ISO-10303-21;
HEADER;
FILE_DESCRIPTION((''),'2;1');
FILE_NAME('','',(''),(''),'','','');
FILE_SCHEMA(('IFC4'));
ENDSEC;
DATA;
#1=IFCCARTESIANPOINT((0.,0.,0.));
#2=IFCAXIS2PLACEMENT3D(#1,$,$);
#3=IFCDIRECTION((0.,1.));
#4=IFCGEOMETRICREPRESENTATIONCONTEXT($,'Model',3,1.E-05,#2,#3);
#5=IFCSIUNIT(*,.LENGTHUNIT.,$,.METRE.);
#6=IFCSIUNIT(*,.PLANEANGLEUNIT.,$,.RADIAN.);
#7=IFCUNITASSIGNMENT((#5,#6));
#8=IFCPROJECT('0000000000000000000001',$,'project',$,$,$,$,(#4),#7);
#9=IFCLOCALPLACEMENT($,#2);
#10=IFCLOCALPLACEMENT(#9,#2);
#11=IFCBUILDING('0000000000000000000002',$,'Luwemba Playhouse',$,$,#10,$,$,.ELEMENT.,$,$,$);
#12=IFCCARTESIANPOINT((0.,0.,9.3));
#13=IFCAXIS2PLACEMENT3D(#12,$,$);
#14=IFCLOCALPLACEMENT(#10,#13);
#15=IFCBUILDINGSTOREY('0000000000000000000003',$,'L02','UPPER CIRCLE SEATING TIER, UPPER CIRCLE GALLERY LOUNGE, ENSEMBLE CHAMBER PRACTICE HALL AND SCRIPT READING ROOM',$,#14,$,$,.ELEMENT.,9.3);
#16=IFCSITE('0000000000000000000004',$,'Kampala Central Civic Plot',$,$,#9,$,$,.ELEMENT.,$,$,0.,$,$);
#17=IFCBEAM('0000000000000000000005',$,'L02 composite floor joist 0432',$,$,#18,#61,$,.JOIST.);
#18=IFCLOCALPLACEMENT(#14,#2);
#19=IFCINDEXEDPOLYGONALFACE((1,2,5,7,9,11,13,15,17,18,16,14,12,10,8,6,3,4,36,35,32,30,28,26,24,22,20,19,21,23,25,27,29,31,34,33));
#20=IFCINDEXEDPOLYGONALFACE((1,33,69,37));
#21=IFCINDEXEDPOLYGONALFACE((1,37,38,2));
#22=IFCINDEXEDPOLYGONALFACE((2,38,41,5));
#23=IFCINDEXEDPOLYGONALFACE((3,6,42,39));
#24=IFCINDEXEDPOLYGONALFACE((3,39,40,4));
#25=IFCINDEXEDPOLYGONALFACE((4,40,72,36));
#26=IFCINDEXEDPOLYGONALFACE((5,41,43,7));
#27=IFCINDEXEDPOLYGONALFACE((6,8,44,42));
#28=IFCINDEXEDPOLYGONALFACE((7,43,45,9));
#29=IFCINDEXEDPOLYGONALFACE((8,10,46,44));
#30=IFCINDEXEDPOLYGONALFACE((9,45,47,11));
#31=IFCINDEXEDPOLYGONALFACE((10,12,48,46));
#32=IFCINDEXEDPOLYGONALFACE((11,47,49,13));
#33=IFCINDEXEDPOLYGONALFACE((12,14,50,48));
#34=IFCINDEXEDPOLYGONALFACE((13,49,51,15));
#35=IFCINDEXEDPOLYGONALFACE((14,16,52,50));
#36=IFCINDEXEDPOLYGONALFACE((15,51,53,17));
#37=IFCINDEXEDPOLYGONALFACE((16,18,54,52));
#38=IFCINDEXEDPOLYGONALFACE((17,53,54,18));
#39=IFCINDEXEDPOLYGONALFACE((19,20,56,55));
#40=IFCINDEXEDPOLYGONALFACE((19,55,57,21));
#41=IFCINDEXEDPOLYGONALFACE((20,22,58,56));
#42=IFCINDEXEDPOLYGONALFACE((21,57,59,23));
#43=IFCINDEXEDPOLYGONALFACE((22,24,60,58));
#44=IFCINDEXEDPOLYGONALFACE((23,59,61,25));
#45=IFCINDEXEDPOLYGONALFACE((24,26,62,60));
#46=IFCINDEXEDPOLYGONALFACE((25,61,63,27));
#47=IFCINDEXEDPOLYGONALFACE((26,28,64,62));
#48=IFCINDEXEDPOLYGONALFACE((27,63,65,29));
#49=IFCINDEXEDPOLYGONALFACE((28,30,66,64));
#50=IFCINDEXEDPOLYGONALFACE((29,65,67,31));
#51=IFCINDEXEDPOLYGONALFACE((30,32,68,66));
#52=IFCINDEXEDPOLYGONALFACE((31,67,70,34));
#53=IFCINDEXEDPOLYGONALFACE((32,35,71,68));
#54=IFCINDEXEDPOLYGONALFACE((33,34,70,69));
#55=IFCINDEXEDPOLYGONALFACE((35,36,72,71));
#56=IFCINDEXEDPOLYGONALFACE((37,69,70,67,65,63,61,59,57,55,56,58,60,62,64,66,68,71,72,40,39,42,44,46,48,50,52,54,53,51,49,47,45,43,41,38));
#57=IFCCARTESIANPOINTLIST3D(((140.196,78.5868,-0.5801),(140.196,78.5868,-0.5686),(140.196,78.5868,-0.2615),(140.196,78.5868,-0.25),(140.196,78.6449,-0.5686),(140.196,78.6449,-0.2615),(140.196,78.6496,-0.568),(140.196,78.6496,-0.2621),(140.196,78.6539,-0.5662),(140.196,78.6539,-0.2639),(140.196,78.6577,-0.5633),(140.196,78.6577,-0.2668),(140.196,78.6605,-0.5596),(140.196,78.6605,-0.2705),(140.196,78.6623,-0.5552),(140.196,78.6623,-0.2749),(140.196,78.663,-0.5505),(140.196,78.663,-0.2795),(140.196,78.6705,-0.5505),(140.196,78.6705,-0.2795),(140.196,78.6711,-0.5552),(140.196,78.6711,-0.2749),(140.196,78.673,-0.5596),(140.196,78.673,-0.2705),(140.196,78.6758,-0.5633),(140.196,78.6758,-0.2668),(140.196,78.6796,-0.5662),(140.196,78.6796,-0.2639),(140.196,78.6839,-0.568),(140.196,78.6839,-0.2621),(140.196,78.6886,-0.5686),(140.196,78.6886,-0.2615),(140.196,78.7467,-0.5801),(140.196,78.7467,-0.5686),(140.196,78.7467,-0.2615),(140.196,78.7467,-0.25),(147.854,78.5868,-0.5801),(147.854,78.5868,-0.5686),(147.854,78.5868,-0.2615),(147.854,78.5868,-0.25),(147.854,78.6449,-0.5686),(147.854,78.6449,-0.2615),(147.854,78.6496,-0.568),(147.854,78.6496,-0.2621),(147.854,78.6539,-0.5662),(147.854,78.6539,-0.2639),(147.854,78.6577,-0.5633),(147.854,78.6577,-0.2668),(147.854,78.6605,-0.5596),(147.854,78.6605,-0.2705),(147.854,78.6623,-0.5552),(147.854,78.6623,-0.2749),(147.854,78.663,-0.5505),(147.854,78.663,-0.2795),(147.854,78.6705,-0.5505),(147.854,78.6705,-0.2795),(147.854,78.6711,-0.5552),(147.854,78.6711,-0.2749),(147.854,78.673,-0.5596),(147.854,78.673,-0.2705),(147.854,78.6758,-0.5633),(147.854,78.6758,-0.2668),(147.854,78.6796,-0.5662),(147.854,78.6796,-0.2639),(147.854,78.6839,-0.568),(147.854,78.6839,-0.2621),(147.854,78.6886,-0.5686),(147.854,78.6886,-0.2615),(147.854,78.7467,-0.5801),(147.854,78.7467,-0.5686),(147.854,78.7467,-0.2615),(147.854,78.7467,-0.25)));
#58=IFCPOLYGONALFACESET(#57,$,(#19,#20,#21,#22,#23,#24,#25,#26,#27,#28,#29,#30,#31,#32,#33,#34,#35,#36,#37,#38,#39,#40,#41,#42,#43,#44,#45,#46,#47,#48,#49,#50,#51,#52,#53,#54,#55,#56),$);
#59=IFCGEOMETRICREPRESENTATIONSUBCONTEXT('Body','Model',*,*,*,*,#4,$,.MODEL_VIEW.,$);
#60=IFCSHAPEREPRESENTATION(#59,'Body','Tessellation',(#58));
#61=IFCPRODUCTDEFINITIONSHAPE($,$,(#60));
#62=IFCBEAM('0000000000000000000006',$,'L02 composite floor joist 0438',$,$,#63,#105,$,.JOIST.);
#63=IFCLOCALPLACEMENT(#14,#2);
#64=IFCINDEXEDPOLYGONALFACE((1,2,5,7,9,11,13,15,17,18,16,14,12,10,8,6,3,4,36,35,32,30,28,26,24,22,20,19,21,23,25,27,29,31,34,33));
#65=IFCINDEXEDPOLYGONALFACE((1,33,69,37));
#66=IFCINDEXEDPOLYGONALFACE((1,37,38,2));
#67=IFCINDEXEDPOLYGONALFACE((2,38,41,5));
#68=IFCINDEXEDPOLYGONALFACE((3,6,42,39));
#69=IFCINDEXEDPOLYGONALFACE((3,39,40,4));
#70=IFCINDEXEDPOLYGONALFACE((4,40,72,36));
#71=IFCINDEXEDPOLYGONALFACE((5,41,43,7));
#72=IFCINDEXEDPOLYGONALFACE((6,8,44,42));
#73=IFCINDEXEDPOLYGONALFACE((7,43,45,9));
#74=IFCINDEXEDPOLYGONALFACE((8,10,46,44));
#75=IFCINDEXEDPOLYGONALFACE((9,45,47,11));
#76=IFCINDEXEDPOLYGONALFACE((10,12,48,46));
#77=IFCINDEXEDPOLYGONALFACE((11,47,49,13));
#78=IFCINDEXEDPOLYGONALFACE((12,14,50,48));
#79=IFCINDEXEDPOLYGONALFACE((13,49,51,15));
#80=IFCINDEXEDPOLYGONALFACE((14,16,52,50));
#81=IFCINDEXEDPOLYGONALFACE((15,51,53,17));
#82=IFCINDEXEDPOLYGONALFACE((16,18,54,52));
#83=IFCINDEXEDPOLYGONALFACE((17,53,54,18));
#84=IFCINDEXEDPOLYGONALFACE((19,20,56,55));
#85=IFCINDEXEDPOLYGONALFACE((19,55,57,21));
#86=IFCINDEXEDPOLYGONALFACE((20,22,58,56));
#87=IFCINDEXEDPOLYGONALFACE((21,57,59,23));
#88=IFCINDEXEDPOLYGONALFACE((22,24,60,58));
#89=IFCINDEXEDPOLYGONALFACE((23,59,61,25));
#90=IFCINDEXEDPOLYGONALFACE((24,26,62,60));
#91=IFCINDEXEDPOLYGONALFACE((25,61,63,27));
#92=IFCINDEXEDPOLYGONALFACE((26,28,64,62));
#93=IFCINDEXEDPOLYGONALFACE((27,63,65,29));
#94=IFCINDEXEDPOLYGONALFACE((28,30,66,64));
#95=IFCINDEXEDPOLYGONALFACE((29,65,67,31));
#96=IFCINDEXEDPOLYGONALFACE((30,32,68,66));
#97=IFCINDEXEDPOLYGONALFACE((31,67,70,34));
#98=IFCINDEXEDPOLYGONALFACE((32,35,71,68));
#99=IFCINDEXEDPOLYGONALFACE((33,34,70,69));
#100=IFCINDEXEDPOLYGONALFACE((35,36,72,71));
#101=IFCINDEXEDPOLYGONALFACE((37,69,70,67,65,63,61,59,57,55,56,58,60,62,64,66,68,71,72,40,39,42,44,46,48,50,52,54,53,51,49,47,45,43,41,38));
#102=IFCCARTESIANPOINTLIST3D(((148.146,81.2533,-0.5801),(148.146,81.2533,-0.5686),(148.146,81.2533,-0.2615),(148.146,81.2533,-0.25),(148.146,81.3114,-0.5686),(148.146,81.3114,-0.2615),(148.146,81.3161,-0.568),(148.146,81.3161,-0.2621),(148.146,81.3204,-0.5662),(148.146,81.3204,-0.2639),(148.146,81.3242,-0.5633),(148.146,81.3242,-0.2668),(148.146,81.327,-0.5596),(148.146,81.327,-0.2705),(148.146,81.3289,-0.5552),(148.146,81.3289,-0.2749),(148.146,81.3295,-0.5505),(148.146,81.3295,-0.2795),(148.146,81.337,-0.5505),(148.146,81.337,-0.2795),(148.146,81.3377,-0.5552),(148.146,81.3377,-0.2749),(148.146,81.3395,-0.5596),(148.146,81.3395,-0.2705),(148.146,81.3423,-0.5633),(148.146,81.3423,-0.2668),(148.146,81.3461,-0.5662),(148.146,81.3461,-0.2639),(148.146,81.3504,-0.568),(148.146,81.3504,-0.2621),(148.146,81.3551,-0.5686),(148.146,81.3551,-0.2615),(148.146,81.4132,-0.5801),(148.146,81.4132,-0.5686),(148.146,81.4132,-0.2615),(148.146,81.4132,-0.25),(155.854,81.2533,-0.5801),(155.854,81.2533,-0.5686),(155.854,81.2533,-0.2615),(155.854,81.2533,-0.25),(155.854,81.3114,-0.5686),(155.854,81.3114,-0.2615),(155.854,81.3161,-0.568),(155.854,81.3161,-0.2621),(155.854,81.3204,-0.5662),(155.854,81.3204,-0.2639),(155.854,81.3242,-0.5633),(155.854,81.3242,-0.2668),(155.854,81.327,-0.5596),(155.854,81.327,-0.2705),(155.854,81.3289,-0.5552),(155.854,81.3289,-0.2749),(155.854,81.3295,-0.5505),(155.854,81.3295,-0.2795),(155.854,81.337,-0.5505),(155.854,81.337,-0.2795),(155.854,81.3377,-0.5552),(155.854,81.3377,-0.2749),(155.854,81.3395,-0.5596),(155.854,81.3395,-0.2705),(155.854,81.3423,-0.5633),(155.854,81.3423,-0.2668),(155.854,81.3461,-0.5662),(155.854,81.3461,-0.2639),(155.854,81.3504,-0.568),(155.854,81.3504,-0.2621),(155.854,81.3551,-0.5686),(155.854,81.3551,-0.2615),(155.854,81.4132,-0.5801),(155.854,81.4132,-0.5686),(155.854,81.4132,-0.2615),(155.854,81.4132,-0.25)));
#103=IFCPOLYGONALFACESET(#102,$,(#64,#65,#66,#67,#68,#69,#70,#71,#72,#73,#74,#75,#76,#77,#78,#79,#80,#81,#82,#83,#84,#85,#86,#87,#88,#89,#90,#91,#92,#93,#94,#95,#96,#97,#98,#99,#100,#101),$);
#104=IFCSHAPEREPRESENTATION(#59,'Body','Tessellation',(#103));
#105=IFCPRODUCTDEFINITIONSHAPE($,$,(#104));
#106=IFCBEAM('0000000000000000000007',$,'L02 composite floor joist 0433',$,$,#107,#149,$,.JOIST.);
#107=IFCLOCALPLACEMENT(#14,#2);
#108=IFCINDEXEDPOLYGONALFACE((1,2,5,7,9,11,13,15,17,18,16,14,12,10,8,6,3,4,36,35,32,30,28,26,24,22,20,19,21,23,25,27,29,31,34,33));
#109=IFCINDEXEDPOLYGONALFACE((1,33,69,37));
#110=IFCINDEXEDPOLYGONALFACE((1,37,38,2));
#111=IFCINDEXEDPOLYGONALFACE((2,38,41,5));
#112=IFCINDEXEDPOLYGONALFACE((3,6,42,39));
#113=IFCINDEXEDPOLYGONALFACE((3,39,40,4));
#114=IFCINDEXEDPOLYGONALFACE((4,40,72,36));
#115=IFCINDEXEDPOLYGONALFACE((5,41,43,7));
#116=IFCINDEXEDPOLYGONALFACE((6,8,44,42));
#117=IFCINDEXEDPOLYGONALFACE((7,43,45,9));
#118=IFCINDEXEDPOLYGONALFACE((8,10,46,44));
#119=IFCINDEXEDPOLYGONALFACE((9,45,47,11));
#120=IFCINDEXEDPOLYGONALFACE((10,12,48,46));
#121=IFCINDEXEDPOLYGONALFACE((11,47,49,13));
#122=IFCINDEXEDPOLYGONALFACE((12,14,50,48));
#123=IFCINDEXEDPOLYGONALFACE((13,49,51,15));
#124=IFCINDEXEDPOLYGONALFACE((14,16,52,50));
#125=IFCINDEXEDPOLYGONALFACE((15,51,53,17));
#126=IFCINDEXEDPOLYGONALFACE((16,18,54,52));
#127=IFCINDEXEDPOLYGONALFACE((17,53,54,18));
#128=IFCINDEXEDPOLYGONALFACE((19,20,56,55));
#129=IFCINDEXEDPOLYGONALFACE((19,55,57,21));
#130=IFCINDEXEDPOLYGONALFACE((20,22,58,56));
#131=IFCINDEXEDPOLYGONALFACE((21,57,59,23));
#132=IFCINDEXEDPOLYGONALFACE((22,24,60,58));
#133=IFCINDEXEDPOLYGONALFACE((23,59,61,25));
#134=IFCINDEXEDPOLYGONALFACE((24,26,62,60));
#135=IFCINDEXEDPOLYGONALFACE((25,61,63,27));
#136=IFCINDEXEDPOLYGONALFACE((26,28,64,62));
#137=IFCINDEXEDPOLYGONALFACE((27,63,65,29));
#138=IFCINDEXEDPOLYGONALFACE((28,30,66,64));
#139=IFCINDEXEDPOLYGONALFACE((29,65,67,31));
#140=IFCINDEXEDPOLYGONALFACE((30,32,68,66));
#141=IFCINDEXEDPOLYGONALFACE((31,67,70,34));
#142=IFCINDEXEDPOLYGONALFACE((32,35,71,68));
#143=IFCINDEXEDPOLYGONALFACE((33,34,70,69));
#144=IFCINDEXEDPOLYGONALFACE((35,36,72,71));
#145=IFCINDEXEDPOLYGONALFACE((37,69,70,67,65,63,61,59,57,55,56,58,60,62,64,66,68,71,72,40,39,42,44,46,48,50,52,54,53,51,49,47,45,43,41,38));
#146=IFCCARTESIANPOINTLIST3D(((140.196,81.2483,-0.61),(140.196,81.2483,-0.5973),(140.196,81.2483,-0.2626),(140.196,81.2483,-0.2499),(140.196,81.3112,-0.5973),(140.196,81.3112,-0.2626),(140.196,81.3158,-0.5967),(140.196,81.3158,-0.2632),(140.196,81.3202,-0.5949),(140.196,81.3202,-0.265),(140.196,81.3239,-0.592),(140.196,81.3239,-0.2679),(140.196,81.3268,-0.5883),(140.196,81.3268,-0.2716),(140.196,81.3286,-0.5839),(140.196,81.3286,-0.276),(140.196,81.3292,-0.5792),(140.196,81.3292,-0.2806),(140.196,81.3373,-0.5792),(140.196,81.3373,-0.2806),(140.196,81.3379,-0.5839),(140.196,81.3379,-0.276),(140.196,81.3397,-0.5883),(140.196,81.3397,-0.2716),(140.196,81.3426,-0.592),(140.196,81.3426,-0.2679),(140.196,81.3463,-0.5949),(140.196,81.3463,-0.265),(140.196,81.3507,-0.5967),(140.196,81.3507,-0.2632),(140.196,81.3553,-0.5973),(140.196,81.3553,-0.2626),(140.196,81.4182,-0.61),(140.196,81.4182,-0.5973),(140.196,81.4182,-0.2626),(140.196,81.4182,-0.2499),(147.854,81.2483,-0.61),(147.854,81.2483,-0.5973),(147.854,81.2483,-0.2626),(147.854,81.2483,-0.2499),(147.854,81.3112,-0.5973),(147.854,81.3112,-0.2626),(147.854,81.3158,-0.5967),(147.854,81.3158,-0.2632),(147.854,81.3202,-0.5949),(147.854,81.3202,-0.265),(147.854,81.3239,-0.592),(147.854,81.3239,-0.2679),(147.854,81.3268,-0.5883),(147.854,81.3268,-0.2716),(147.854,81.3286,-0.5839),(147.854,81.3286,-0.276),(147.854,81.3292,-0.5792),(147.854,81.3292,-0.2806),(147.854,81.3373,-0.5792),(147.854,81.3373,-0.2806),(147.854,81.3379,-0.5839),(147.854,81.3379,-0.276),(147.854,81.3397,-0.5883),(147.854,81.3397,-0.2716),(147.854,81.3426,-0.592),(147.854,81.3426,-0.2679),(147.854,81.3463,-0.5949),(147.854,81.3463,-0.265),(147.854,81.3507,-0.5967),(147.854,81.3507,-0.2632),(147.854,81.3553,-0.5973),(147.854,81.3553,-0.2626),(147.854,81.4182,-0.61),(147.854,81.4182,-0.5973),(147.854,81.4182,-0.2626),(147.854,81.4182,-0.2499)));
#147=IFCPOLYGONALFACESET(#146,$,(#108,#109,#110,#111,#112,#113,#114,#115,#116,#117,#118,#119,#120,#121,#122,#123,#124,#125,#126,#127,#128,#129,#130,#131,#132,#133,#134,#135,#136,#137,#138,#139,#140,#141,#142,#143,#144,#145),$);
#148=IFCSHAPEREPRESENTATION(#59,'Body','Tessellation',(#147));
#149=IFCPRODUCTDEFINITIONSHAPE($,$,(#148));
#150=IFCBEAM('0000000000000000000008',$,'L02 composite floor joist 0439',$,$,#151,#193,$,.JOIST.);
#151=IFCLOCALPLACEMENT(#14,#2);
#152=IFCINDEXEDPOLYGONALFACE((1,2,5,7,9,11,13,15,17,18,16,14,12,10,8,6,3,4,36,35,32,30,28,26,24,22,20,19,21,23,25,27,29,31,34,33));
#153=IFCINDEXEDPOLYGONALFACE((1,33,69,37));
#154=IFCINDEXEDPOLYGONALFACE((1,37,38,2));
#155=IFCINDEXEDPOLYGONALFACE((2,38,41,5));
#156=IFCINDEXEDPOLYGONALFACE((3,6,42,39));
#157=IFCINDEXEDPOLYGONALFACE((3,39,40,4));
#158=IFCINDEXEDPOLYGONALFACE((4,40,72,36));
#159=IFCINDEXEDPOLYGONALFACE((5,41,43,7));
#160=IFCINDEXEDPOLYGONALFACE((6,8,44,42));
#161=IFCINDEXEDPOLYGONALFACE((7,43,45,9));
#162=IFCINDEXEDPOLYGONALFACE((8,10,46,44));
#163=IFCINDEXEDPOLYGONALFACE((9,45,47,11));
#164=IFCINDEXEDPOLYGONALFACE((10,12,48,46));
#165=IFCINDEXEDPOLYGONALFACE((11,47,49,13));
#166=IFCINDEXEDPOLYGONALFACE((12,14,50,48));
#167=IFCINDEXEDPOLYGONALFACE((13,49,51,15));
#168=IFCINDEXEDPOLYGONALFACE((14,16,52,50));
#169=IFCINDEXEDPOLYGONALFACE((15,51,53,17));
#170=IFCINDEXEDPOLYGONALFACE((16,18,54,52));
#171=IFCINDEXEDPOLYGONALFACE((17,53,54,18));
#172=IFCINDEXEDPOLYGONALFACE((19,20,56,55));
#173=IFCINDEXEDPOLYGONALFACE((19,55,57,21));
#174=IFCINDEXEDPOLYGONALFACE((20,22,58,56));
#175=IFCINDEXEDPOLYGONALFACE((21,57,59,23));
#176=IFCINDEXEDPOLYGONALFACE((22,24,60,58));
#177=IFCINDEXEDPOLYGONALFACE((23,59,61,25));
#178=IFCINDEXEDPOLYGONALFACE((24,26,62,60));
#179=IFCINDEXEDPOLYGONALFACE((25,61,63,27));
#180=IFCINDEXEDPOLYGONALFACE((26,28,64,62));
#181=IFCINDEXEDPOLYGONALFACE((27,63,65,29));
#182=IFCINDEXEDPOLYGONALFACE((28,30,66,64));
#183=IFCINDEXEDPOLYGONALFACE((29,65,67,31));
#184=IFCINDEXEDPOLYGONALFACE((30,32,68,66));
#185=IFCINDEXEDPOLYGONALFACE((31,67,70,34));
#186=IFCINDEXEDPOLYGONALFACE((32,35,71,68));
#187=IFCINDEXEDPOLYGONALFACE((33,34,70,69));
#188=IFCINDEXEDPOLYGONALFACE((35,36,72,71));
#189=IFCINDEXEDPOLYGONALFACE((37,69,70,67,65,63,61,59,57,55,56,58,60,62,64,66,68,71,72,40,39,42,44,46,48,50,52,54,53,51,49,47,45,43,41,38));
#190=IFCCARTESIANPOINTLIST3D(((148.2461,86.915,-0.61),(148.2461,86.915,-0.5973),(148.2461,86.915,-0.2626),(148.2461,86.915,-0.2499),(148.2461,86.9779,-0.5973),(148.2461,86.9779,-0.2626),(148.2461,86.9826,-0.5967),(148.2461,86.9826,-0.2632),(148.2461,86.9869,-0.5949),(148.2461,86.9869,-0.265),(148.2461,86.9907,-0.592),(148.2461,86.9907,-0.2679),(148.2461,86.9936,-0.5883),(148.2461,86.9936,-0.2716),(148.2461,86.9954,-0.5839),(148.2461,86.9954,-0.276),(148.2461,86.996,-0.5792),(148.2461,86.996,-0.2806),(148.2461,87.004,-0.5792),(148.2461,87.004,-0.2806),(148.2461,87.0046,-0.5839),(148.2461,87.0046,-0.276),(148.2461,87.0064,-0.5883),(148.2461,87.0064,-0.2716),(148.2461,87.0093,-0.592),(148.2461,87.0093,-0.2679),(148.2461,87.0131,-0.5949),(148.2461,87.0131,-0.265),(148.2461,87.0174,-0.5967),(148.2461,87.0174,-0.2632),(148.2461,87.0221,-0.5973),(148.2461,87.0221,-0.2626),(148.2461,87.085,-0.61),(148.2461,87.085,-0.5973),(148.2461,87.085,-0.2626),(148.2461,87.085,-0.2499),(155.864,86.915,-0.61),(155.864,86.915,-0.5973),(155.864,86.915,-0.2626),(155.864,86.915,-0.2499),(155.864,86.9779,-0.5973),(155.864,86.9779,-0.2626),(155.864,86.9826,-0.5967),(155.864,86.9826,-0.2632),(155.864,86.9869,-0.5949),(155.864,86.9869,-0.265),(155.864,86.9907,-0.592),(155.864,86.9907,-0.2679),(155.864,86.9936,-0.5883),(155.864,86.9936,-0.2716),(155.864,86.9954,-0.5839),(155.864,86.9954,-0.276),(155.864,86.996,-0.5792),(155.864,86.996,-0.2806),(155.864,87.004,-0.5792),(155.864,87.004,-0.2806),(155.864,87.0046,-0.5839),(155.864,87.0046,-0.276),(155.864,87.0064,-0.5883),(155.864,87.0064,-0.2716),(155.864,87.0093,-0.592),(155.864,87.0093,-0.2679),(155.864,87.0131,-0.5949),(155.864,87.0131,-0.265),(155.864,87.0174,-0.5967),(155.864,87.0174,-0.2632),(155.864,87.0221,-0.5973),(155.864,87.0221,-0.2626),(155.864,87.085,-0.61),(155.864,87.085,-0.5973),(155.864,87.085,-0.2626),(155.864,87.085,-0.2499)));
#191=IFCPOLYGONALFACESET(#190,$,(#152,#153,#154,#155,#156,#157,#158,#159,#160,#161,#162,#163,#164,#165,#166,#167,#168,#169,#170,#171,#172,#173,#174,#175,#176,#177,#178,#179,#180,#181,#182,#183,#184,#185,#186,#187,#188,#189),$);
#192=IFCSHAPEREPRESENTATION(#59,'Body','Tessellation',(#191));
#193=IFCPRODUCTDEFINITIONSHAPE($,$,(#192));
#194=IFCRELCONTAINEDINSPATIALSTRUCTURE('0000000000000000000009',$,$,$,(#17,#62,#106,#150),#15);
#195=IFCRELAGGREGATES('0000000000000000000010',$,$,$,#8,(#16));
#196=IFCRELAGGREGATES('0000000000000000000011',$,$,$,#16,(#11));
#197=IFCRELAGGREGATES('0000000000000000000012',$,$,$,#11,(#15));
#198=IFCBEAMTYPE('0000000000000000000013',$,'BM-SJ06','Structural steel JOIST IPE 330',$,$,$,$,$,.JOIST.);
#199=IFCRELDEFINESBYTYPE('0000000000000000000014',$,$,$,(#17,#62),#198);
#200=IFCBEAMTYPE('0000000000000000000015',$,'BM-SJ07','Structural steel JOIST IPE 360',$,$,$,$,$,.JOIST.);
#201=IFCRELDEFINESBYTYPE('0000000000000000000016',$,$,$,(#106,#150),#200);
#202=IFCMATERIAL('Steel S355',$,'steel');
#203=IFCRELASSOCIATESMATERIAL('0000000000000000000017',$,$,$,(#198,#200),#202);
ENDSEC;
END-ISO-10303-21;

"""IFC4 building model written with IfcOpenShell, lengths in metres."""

from ifc_helpers import new_model, si_unit, direction, frame, origin, origin_2d, place, context, subcontext, project, spatial, i_section, extrude, material, material_profile, profile_set, type_object, element, save


model = new_model("IFC4")

# Units and contexts
model_context = context("Model", 3, precision=1e-05, world=origin(), true_north=direction((0.0, 1.0)))
body_context = subcontext(model_context, "Body", "Model", "MODEL_VIEW")
ifc_project = project(units=[si_unit("LENGTHUNIT", "METRE"), si_unit("PLANEANGLEUNIT", "RADIAN")], contexts=[model_context])

# Site, building, storey
site_placement = place(None, origin())
site = spatial("IfcSite", under=ifc_project, at=site_placement, Name="Kampala Central Civic Plot", CompositionType="ELEMENT", RefElevation=0.0)
building_placement = place(site_placement, origin())
building = spatial("IfcBuilding", under=site, at=building_placement, Name="Luwemba Playhouse", CompositionType="ELEMENT")
storey_placement = place(building_placement, frame((0.0, 0.0, 9.3)))
storey = spatial("IfcBuildingStorey", under=building, at=storey_placement, Name="L02", Description="UPPER CIRCLE SEATING TIER, UPPER CIRCLE GALLERY LOUNGE, ENSEMBLE CHAMBER PRACTICE HALL AND SCRIPT READING ROOM", CompositionType="ELEMENT", Elevation=9.3)

# Beams
ifc_material_1 = material(Name="Steel S355", Category="steel")
ifc_material_profile_1 = material_profile(ifc_material_1, i_section(OverallWidth=0.1599, OverallDepth=0.3301, WebThickness=0.0076, FlangeThickness=0.0115, FilletRadius=0.0181, at=origin_2d()))
ifc_profile_set_1 = profile_set([ifc_material_profile_1], Name="Steel S355")
beam_type_1 = type_object("IfcBeamType", Name="BM-SJ06", Description="Structural steel JOIST IPE 330", PredefinedType="JOIST", material=ifc_profile_set_1)
beam_1_placement = place(storey_placement, frame((140.196, 78.6667, -0.415), z_axis=(1.0, 0.0, 0.0), x_axis=(0.0, 1.0, 0.0)))
element("IfcBeam", 1, at=beam_1_placement, inside=storey, type_object=beam_type_1, Name="L02 composite floor joist 0432", PredefinedType="JOIST", context=body_context, shape_type="SweptSolid", body=[
    extrude(i_section(OverallWidth=0.1599, OverallDepth=0.3301, WebThickness=0.0076, FlangeThickness=0.0115, FilletRadius=0.0181, at=origin_2d()), origin(), (0.0, 0.0, 1.0), 7.658),
])
beam_2_placement = place(storey_placement, frame((148.146, 81.3333, -0.415), z_axis=(1.0, 0.0, 0.0), x_axis=(0.0, 1.0, 0.0)))
element("IfcBeam", 2, at=beam_2_placement, inside=storey, type_object=beam_type_1, Name="L02 composite floor joist 0438", PredefinedType="JOIST", context=body_context, shape_type="SweptSolid", body=[
    extrude(i_section(OverallWidth=0.1599, OverallDepth=0.3301, WebThickness=0.0076, FlangeThickness=0.0115, FilletRadius=0.0181, at=origin_2d()), origin(), (0.0, 0.0, 1.0), 7.708),
])
ifc_material_profile_2 = material_profile(ifc_material_1, i_section(OverallWidth=0.1699, OverallDepth=0.3601, WebThickness=0.0081, FlangeThickness=0.0127, FilletRadius=0.0181, at=origin_2d()))
ifc_profile_set_2 = profile_set([ifc_material_profile_2], Name="Steel S355")
beam_type_2 = type_object("IfcBeamType", Name="BM-SJ07", Description="Structural steel JOIST IPE 360", PredefinedType="JOIST", material=ifc_profile_set_2)
beam_3_placement = place(storey_placement, frame((140.196, 81.3333, -0.4299), z_axis=(1.0, 0.0, 0.0), x_axis=(0.0, 1.0, 0.0)))
element("IfcBeam", 3, at=beam_3_placement, inside=storey, type_object=beam_type_2, Name="L02 composite floor joist 0433", PredefinedType="JOIST", context=body_context, shape_type="SweptSolid", body=[
    extrude(i_section(OverallWidth=0.1699, OverallDepth=0.3601, WebThickness=0.0081, FlangeThickness=0.0127, FilletRadius=0.0181, at=origin_2d()), origin(), (0.0, 0.0, 1.0), 7.658),
])
beam_4_placement = place(storey_placement, frame((148.2461, 87.0, -0.4299), z_axis=(1.0, 0.0, 0.0), x_axis=(0.0, 1.0, 0.0)))
element("IfcBeam", 4, at=beam_4_placement, inside=storey, type_object=beam_type_2, Name="L02 composite floor joist 0439", PredefinedType="JOIST", context=body_context, shape_type="SweptSolid", body=[
    extrude(i_section(OverallWidth=0.1699, OverallDepth=0.3601, WebThickness=0.0081, FlangeThickness=0.0127, FilletRadius=0.0181, at=origin_2d()), origin(), (0.0, 0.0, 1.0), 7.6179),
])

save(model, "model.ifc")
